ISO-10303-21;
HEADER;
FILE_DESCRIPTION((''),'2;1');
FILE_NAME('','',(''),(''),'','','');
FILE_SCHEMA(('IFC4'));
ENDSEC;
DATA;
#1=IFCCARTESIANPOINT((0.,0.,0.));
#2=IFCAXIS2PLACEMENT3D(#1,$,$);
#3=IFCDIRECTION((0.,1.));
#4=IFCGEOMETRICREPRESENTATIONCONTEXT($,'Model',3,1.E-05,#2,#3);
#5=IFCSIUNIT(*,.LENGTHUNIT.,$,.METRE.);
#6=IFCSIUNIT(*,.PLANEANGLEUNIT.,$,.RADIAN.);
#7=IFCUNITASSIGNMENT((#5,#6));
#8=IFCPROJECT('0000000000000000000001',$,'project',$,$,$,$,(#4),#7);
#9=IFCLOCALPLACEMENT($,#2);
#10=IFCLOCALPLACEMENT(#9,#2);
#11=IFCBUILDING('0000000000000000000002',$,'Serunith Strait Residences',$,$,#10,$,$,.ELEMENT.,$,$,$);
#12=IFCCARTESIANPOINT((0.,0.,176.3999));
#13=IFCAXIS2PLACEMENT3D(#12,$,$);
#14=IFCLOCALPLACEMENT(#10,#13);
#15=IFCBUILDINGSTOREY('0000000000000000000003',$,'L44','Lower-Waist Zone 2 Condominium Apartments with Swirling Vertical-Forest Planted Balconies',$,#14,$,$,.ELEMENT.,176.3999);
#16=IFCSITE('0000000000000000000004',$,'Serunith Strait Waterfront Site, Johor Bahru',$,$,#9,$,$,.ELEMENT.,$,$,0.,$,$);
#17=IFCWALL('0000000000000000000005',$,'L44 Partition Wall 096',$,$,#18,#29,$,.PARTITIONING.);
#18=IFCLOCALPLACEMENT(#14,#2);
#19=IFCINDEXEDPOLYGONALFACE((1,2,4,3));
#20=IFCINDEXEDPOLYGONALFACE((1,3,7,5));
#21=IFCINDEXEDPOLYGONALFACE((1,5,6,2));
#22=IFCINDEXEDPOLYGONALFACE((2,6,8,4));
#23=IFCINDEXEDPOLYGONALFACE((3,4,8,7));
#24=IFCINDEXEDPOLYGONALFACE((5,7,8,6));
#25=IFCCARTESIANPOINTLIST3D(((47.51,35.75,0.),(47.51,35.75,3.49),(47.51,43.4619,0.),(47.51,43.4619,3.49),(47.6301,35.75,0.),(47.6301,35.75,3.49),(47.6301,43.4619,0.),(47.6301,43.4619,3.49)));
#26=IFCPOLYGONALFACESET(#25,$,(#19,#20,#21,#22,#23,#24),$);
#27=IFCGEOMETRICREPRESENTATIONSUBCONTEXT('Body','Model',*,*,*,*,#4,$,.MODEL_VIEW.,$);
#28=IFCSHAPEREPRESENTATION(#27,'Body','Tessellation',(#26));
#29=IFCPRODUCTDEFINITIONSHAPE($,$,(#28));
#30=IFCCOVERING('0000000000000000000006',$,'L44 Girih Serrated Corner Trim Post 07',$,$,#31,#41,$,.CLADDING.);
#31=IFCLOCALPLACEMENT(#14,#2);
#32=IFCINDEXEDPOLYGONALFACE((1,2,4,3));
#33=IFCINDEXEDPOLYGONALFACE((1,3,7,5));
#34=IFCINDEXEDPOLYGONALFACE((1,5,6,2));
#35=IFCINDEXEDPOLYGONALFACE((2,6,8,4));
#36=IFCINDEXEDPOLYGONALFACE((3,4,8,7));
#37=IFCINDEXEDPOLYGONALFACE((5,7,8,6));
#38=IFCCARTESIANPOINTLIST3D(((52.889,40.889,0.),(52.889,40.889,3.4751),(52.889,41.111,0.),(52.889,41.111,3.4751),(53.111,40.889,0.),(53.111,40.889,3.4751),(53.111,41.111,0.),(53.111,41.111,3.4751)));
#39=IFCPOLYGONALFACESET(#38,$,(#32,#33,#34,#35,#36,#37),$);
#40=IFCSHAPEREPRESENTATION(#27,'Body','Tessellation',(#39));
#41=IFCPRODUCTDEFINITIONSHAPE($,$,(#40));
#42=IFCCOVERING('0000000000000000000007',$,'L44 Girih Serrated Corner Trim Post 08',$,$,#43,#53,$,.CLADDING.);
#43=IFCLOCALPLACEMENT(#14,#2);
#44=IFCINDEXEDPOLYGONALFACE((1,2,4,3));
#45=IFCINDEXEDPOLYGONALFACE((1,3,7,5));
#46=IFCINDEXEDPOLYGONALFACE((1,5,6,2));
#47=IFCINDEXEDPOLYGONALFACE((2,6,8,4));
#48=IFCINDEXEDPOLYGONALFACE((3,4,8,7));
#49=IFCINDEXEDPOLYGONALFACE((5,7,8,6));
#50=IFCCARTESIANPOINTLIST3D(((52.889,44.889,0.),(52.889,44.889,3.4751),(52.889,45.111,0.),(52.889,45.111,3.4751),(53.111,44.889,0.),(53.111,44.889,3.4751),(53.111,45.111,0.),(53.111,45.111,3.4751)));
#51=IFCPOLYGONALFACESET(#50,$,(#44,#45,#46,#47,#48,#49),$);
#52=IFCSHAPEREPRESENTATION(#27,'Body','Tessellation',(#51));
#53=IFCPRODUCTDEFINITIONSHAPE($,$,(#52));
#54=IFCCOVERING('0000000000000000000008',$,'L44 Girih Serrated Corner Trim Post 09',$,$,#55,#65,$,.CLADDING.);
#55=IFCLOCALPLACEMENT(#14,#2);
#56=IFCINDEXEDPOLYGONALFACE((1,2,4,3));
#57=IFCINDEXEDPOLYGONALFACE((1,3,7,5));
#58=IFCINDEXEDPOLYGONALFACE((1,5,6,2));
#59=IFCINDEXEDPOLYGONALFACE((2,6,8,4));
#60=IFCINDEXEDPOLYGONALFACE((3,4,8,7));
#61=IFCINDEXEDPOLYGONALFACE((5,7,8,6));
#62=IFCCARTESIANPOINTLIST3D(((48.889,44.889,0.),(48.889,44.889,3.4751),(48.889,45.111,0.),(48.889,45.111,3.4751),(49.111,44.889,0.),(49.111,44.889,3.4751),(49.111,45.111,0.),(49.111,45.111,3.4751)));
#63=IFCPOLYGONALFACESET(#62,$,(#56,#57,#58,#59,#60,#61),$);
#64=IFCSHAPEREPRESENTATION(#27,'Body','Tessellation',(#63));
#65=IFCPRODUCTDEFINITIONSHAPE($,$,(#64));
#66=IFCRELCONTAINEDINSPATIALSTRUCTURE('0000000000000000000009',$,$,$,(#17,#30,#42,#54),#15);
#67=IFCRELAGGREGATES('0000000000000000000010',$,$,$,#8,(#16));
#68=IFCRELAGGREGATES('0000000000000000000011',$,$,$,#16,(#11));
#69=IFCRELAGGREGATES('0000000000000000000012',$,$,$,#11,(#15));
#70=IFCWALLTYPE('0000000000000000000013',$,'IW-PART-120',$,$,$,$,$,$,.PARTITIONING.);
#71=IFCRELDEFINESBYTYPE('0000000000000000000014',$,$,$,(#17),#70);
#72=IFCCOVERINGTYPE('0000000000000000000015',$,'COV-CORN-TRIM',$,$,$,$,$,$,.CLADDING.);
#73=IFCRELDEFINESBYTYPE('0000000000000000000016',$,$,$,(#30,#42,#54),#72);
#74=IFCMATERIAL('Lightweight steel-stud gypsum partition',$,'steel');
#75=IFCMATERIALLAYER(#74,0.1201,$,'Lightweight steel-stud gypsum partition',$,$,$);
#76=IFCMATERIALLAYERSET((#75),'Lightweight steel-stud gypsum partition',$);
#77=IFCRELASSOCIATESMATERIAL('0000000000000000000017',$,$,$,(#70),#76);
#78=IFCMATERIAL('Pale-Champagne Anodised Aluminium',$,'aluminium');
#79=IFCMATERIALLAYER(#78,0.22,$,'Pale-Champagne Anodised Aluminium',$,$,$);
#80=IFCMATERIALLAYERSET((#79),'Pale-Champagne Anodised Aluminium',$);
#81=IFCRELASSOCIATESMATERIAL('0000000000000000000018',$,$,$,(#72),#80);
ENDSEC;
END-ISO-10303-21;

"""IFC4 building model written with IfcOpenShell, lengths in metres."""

from ifc_helpers import new_model, si_unit, direction, frame, frame_2d, origin, origin_2d, place, context, subcontext, project, spatial, rectangle, extrude, source, transform, mapped, material, layer, layer_set, type_object, element, save


model = new_model("IFC4")

# Units and contexts
model_context = context("Model", 3, precision=1e-05, world=origin(), true_north=direction((0.0, 1.0)))
body_context = subcontext(model_context, "Body", "Model", "MODEL_VIEW")
ifc_project = project(units=[si_unit("LENGTHUNIT", "METRE"), si_unit("PLANEANGLEUNIT", "RADIAN")], contexts=[model_context])

# Site, building, storey
site_placement = place(None, origin())
site = spatial("IfcSite", under=ifc_project, at=site_placement, Name="Serunith Strait Waterfront Site, Johor Bahru", CompositionType="ELEMENT", RefElevation=0.0)
building_placement = place(site_placement, origin())
building = spatial("IfcBuilding", under=site, at=building_placement, Name="Serunith Strait Residences", CompositionType="ELEMENT")
storey_placement = place(building_placement, frame((0.0, 0.0, 176.3999)))
storey = spatial("IfcBuildingStorey", under=building, at=storey_placement, Name="L44", Description="Lower-Waist Zone 2 Condominium Apartments with Swirling Vertical-Forest Planted Balconies", CompositionType="ELEMENT", Elevation=176.3999)

# Shared definitions
ifc_material_1 = material(Name="Pale-Champagne Anodised Aluminium", Category="aluminium")

# Shared definitions
ifc_material_2 = material(Name="Lightweight steel-stud gypsum partition", Category="steel")
ifc_layer_1 = layer(ifc_material_2, 0.1201, Name="Lightweight steel-stud gypsum partition")
ifc_layer_set_1 = layer_set([ifc_layer_1], Name="Lightweight steel-stud gypsum partition")
wall_type_1 = type_object("IfcWallType", Name="IW-PART-120", PredefinedType="PARTITIONING", material=ifc_layer_set_1)

# Wall
wall_1_placement = place(storey_placement, frame((47.5701, 43.4619, 0.0), z_axis=(0.0, 0.0, 1.0), x_axis=(0.0, -1.0, 0.0)))
element("IfcWall", 1, at=wall_1_placement, inside=storey, type_object=wall_type_1, Name="L44 Partition Wall 096", PredefinedType="PARTITIONING", context=body_context, shape_type="SweptSolid", body=[
    extrude(rectangle(XDim=7.7119, YDim=0.1201, at=frame_2d((3.856, 0.0))), origin(), (0.0, 0.0, 1.0), 3.49),
])

# Coverings
ifc_layer_2 = layer(ifc_material_1, 0.22, Name="Pale-Champagne Anodised Aluminium")
ifc_layer_set_2 = layer_set([ifc_layer_2], Name="Pale-Champagne Anodised Aluminium")
covering_type = type_object("IfcCoveringType", Name="COV-CORN-TRIM", PredefinedType="CLADDING", material=ifc_layer_set_2)
shared_shape_1 = source(origin(), body_context, "Body", "SweptSolid", [
    extrude(rectangle(XDim=0.2219, YDim=0.2219, at=origin_2d()), origin(), (0.0, 0.0, 1.0), 3.4751),
])
for number, where, z_axis, x_axis, name in (
    (2, (53.0, 41.0, 0.0), (0.0, 0.0, 1.0), (1.0, 0.0, 0.0), "L44 Girih Serrated Corner Trim Post 07"),
    (3, (53.0, 45.0, 0.0), (0.0, 0.0, 1.0), (1.0, 0.0, 0.0), "L44 Girih Serrated Corner Trim Post 08"),
    (4, (49.0, 45.0, 0.0), (0.0, 0.0, 1.0), (1.0, 0.0, 0.0), "L44 Girih Serrated Corner Trim Post 09"),
):
    element("IfcCovering", number, at=place(storey_placement, frame(where, z_axis=z_axis, x_axis=x_axis)), inside=storey, type_object=covering_type, Name=name, PredefinedType="CLADDING", context=body_context, shape_type="MappedRepresentation", body=[
        mapped(shared_shape_1, transform((0.0, 0.0, 0.0), scale=1.0)),
    ])

save(model, "model.ifc")
